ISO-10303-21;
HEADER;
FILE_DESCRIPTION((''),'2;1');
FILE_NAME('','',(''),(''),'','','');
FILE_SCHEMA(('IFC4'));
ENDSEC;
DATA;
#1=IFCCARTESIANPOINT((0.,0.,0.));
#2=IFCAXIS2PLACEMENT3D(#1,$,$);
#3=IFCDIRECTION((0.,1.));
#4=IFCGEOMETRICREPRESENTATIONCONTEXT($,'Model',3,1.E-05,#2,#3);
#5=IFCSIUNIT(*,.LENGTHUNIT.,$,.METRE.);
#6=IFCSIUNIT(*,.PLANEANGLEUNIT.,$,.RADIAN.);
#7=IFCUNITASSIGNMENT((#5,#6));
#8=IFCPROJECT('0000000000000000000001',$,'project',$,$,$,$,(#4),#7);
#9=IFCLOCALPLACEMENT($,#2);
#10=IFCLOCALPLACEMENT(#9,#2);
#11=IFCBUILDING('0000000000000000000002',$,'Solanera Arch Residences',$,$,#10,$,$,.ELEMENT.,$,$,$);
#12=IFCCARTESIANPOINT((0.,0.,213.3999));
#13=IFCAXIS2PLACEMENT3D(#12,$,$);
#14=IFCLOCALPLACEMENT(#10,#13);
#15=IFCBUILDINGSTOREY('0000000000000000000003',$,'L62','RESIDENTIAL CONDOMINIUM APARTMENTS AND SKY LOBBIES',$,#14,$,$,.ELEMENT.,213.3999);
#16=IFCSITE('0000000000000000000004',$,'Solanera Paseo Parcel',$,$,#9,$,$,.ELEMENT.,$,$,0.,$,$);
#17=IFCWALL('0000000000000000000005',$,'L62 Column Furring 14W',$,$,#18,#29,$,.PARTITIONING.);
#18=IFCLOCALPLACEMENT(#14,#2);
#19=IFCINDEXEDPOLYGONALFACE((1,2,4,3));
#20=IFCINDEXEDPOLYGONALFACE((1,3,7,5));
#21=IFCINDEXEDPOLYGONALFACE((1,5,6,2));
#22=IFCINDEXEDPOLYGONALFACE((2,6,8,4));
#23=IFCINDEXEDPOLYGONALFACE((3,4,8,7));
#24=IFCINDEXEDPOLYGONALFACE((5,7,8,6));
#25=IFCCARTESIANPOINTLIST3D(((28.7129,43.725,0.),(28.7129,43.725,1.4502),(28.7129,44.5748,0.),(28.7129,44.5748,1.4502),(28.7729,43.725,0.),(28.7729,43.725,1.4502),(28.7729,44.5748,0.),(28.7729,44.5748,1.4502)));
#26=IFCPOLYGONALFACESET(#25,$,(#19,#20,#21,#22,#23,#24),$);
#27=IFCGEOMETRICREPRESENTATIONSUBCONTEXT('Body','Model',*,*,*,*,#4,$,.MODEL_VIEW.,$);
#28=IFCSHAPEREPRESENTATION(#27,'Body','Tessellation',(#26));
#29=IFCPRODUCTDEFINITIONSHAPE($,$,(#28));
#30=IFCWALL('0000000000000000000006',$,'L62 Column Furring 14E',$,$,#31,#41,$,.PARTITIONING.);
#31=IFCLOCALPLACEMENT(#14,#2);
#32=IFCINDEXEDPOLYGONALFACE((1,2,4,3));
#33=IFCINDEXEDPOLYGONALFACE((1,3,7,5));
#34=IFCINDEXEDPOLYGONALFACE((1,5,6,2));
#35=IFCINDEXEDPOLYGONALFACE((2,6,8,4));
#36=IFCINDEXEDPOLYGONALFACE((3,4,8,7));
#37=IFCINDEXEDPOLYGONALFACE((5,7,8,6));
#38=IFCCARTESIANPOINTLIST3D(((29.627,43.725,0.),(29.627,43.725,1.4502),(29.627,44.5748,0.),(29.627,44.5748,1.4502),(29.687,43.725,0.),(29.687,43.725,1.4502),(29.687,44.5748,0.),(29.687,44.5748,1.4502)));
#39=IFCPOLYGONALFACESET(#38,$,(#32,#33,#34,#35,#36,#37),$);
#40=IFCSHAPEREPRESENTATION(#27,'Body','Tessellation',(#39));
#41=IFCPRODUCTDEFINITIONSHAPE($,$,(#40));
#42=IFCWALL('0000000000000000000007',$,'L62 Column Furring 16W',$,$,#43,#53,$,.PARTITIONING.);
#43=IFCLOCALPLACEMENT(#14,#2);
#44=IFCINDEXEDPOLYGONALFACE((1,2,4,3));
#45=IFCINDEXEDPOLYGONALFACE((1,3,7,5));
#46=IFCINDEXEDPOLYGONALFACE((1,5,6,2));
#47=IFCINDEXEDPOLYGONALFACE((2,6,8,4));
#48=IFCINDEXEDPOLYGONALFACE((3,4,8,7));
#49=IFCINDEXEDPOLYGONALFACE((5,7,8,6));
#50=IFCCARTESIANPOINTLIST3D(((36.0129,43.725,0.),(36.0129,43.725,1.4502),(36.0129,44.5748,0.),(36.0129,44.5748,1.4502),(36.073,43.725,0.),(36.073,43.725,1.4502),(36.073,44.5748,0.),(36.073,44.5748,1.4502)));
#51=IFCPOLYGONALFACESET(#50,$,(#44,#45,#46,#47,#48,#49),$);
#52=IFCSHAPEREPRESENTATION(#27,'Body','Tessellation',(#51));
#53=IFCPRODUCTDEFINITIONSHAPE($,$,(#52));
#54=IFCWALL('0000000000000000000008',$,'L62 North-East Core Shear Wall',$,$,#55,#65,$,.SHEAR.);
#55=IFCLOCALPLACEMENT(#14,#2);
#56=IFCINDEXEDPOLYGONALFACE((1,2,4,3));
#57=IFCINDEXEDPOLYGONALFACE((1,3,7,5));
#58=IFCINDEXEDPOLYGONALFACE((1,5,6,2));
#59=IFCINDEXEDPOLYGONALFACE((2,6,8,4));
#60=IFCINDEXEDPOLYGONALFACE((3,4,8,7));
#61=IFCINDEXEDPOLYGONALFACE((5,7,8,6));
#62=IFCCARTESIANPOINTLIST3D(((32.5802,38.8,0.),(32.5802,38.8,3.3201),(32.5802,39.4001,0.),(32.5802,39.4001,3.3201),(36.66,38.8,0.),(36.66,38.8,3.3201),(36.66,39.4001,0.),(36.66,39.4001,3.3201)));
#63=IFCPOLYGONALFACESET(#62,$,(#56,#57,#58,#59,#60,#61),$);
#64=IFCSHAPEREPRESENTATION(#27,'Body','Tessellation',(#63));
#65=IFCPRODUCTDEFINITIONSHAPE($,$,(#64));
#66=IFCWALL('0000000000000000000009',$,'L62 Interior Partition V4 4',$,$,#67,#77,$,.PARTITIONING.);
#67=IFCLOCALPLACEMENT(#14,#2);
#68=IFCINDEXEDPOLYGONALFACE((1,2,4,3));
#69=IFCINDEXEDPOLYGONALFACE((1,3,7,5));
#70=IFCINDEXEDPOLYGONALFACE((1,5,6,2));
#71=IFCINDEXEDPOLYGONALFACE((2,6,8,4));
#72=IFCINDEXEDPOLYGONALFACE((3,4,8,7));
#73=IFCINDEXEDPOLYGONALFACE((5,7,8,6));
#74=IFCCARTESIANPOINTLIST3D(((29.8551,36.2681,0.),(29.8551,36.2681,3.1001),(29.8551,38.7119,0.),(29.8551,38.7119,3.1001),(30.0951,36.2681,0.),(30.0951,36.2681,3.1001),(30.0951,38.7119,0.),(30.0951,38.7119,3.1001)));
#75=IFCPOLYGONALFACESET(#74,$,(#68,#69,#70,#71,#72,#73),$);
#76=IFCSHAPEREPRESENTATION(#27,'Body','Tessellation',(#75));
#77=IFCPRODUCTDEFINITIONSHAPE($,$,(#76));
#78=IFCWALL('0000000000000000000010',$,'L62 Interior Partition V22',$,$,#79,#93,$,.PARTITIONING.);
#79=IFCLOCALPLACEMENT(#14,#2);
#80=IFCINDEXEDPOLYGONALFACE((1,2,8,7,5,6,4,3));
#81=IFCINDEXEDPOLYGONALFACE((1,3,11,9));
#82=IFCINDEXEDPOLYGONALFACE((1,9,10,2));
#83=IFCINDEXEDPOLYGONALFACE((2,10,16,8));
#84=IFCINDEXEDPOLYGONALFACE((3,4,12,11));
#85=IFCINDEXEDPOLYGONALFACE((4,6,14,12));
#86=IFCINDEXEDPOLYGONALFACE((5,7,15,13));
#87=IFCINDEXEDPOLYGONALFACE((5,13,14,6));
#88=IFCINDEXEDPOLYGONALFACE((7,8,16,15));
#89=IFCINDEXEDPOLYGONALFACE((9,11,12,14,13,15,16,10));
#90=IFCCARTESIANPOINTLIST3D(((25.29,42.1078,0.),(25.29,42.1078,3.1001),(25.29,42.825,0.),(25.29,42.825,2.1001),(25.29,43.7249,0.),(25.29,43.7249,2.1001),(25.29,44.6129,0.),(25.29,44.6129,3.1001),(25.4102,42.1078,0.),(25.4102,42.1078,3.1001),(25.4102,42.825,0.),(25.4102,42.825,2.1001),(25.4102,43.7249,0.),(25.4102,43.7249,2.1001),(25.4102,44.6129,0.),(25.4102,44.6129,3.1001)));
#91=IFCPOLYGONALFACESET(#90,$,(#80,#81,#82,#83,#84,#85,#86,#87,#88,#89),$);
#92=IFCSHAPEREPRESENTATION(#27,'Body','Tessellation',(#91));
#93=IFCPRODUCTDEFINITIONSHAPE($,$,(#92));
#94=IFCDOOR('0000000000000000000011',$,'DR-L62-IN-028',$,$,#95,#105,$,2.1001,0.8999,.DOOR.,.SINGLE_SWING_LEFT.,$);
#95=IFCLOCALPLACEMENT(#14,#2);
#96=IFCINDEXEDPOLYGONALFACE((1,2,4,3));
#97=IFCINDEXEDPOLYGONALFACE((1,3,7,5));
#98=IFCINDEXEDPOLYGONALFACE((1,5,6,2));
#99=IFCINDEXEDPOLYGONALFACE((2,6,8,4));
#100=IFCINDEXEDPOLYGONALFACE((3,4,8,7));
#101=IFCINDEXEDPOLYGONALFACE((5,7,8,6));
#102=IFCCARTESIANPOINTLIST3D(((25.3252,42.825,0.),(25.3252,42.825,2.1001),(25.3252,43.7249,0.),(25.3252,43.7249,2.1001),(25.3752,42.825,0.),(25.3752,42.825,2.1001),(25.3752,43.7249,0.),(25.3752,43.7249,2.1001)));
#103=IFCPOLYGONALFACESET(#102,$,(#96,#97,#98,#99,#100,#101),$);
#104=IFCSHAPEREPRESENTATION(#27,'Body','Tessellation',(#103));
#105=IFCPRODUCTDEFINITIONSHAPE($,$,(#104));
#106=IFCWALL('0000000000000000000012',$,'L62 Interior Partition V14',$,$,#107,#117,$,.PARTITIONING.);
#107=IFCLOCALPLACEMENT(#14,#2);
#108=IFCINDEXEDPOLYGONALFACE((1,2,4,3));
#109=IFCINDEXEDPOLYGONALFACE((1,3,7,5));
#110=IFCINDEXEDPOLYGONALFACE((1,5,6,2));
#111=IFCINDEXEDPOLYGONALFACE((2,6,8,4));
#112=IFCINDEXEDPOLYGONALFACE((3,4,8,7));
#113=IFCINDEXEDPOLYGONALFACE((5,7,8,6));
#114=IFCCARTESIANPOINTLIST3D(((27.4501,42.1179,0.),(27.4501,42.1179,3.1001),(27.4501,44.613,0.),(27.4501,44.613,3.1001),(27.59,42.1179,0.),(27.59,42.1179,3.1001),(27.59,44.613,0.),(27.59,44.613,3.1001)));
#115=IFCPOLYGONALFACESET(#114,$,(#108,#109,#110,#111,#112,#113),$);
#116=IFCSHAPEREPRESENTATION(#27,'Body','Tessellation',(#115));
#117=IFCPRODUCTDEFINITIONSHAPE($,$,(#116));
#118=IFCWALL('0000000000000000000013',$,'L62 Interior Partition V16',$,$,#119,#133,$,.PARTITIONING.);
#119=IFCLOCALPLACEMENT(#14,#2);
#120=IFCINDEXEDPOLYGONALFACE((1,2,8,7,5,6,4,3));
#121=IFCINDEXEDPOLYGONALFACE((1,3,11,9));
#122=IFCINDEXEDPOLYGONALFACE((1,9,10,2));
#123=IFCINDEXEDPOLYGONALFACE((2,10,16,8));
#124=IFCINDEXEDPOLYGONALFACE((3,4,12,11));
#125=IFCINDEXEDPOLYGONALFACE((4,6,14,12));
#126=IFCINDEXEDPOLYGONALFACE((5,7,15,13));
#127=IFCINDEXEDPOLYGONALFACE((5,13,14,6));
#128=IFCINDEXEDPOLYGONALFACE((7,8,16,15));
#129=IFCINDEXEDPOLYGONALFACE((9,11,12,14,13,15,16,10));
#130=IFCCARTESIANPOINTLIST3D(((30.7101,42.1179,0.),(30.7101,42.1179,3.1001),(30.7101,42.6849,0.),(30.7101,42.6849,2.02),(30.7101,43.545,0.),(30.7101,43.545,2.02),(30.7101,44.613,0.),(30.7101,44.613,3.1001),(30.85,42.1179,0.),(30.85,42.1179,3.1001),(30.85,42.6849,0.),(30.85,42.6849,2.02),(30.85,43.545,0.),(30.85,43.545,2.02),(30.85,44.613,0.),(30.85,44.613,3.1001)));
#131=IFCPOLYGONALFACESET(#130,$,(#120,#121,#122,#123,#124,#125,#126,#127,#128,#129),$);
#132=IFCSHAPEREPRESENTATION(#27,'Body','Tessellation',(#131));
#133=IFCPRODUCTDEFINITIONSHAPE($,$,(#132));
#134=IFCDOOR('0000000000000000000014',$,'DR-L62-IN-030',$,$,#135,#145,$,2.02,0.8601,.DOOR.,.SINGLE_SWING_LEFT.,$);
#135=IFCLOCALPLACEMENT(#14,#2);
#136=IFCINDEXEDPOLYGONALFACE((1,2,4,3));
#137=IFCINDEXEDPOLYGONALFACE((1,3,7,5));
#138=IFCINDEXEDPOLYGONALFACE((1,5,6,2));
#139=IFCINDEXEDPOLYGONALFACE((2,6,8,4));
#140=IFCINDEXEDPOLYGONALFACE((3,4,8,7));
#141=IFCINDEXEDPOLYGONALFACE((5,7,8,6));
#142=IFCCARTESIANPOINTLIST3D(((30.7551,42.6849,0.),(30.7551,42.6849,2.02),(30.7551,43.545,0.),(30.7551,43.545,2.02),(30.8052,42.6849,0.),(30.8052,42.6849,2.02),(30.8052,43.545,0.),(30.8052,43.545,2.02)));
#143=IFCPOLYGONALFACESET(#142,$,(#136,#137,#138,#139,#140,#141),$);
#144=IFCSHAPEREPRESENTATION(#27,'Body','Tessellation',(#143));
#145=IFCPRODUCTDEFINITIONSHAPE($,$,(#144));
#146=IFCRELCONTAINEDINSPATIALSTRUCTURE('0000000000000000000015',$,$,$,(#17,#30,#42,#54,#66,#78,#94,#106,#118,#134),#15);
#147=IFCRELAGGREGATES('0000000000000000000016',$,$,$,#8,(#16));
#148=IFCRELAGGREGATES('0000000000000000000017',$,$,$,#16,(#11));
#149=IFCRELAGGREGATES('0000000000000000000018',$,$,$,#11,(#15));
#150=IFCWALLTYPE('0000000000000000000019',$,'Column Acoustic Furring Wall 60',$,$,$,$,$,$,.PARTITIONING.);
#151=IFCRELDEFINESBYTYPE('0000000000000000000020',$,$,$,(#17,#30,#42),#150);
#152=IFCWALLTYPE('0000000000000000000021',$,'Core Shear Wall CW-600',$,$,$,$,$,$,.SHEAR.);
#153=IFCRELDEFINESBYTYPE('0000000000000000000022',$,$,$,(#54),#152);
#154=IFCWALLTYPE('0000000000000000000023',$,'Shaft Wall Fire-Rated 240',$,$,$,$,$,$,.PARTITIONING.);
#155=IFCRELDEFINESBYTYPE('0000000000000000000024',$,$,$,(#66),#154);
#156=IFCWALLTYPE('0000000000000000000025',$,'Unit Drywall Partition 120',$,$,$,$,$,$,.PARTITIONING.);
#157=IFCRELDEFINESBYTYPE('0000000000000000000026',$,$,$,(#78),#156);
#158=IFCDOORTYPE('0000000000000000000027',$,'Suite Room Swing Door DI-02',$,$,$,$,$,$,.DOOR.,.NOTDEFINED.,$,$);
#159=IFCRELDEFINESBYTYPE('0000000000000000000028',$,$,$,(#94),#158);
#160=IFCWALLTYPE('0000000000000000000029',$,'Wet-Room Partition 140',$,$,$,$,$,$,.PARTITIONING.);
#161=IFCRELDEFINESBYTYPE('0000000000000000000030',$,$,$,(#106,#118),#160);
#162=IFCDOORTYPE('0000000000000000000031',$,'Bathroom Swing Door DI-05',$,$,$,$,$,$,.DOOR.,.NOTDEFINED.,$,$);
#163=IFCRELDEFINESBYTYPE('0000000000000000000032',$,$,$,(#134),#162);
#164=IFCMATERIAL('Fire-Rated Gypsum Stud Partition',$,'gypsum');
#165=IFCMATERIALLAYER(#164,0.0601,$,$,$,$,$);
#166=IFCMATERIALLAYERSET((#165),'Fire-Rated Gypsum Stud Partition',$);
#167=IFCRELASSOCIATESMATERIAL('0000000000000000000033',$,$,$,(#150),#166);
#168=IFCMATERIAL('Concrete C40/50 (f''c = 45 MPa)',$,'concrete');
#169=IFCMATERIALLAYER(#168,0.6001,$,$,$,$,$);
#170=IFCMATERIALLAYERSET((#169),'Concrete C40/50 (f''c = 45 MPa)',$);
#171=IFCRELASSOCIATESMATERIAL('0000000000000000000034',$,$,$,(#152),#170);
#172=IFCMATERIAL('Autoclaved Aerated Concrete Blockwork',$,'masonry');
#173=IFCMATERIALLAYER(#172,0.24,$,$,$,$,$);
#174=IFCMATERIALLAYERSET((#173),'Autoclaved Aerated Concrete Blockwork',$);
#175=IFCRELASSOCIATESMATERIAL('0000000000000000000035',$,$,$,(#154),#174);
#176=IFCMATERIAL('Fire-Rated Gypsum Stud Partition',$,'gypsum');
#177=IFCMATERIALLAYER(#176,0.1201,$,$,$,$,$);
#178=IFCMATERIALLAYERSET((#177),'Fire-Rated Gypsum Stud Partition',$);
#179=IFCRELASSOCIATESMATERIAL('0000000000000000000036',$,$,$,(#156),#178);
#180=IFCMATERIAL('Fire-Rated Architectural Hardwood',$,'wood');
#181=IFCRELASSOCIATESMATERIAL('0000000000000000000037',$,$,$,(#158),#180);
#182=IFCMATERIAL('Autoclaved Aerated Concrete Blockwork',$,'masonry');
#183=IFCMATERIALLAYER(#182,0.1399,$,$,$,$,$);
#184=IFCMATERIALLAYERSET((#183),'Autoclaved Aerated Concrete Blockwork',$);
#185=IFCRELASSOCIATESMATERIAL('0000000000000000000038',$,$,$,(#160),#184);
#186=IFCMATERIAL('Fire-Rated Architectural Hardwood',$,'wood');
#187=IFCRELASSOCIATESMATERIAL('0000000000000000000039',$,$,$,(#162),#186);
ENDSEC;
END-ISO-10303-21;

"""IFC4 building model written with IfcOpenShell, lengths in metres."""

from ifc_helpers import new_model, si_unit, direction, frame, frame_2d, origin, place, context, subcontext, project, spatial, rectangle, extrude, material, layer, layer_set, type_object, element, fill, save


model = new_model("IFC4")

# Units and contexts
model_context = context("Model", 3, precision=1e-05, world=origin(), true_north=direction((0.0, 1.0)))
body_context = subcontext(model_context, "Body", "Model", "MODEL_VIEW")
ifc_project = project(units=[si_unit("LENGTHUNIT", "METRE"), si_unit("PLANEANGLEUNIT", "RADIAN")], contexts=[model_context])

# Site, building, storey
site_placement = place(None, origin())
site = spatial("IfcSite", under=ifc_project, at=site_placement, Name="Solanera Paseo Parcel", CompositionType="ELEMENT", RefElevation=0.0)
building_placement = place(site_placement, origin())
building = spatial("IfcBuilding", under=site, at=building_placement, Name="Solanera Arch Residences", CompositionType="ELEMENT")
storey_placement = place(building_placement, frame((0.0, 0.0, 213.3999)))
storey = spatial("IfcBuildingStorey", under=building, at=storey_placement, Name="L62", Description="RESIDENTIAL CONDOMINIUM APARTMENTS AND SKY LOBBIES", CompositionType="ELEMENT", Elevation=213.3999)

# Walls
ifc_material_1 = material(Name="Fire-Rated Gypsum Stud Partition", Category="gypsum")
ifc_layer_1 = layer(ifc_material_1, 0.0601)
ifc_layer_set_1 = layer_set([ifc_layer_1], Name="Fire-Rated Gypsum Stud Partition")
wall_type_1 = type_object("IfcWallType", Name="Column Acoustic Furring Wall 60", PredefinedType="PARTITIONING", material=ifc_layer_set_1)
for number, where, z_axis, x_axis, name in (
    (1, (28.7429, 43.7251, 0.0), (0.0, 0.0, 1.0), (0.0, 1.0, 0.0), "L62 Column Furring 14W"),
    (2, (29.657, 43.7251, 0.0), (0.0, 0.0, 1.0), (0.0, 1.0, 0.0), "L62 Column Furring 14E"),
    (3, (36.043, 43.7251, 0.0), (0.0, 0.0, 1.0), (0.0, 1.0, 0.0), "L62 Column Furring 16W"),
):
    element("IfcWall", number, at=place(storey_placement, frame(where, z_axis=z_axis, x_axis=x_axis)), inside=storey, type_object=wall_type_1, Name=name, PredefinedType="PARTITIONING", context=body_context, shape_type="SweptSolid", body=[
        extrude(rectangle(XDim=0.8499, YDim=0.0601, at=frame_2d((0.4248, 0.0))), origin(), (0.0, 0.0, 1.0), 1.4502),
    ])
ifc_material_2 = material(Name="Concrete C40/50 (f'c = 45 MPa)", Category="concrete")
ifc_layer_2 = layer(ifc_material_2, 0.6001)
ifc_layer_set_2 = layer_set([ifc_layer_2], Name="Concrete C40/50 (f'c = 45 MPa)")
wall_type_2 = type_object("IfcWallType", Name="Core Shear Wall CW-600", PredefinedType="SHEAR", material=ifc_layer_set_2)
wall_1_placement = place(storey_placement, frame((32.5801, 39.1001, 0.0), z_axis=(0.0, 0.0, 1.0), x_axis=(1.0, 0.0, 0.0)))
element("IfcWall", 4, at=wall_1_placement, inside=storey, type_object=wall_type_2, Name="L62 North-East Core Shear Wall", PredefinedType="SHEAR", context=body_context, shape_type="SweptSolid", body=[
    extrude(rectangle(XDim=4.0798, YDim=0.6001, at=frame_2d((2.04, 0.0))), origin(), (0.0, 0.0, 1.0), 3.3201),
])
ifc_material_3 = material(Name="Autoclaved Aerated Concrete Blockwork", Category="masonry")
ifc_layer_3 = layer(ifc_material_3, 0.24)
ifc_layer_set_3 = layer_set([ifc_layer_3], Name="Autoclaved Aerated Concrete Blockwork")
wall_type_3 = type_object("IfcWallType", Name="Shaft Wall Fire-Rated 240", PredefinedType="PARTITIONING", material=ifc_layer_set_3)
wall_2_placement = place(storey_placement, frame((29.9751, 36.2681, 0.0), z_axis=(0.0, 0.0, 1.0), x_axis=(0.0, 1.0, 0.0)))
element("IfcWall", 5, at=wall_2_placement, inside=storey, type_object=wall_type_3, Name="L62 Interior Partition V4 4", PredefinedType="PARTITIONING", context=body_context, shape_type="SweptSolid", body=[
    extrude(rectangle(XDim=2.4438, YDim=0.24, at=frame_2d((1.2219, 0.0))), origin(), (0.0, 0.0, 1.0), 3.1001),
])

# Wall, opening, door
ifc_material_4 = material(Name="Fire-Rated Gypsum Stud Partition", Category="gypsum")
ifc_layer_4 = layer(ifc_material_4, 0.1201)
ifc_layer_set_4 = layer_set([ifc_layer_4], Name="Fire-Rated Gypsum Stud Partition")
wall_type_4 = type_object("IfcWallType", Name="Unit Drywall Partition 120", PredefinedType="PARTITIONING", material=ifc_layer_set_4)
wall_3_placement = place(storey_placement, frame((25.3501, 42.1079, 0.0), z_axis=(0.0, 0.0, 1.0), x_axis=(0.0, 1.0, 0.0)))
wall_3 = element("IfcWall", 6, at=wall_3_placement, inside=storey, type_object=wall_type_4, Name="L62 Interior Partition V22", PredefinedType="PARTITIONING", context=body_context, shape_type="SweptSolid", body=[
    extrude(rectangle(XDim=2.5051, YDim=0.1201, at=frame_2d((1.2524, 0.0))), origin(), (0.0, 0.0, 1.0), 3.1001),
])
opening_1_placement = place(wall_3_placement, frame((0.717, 0.0, 0.0)))
opening_1 = element("IfcOpeningElement", 7, at=opening_1_placement, cuts=wall_3, PredefinedType="OPENING", context=body_context, shape_type="SweptSolid", body=[
    extrude(rectangle(XDim=0.8999, YDim=2.1001, at=frame_2d((0.45, 1.05))), frame((0.0, 0.0701, 0.0), z_axis=(0.0, -1.0, 0.0), x_axis=(1.0, 0.0, 0.0)), (0.0, 0.0, 1.0), 0.1401),
])
ifc_material_5 = material(Name="Fire-Rated Architectural Hardwood", Category="wood")
door_type_1 = type_object("IfcDoorType", Name="Suite Room Swing Door DI-02", OperationType="NOTDEFINED", PredefinedType="DOOR", material=ifc_material_5)
door_1_placement = place(opening_1_placement, origin())
door_1 = element("IfcDoor", 8, at=door_1_placement, inside=storey, type_object=door_type_1, Name="DR-L62-IN-028", OperationType="SINGLE_SWING_LEFT", OverallHeight=2.1001, OverallWidth=0.8999, PredefinedType="DOOR", context=body_context, shape_type="SweptSolid", body=[
    extrude(rectangle(XDim=0.8999, YDim=2.1001, at=frame_2d((0.45, 1.05))), frame((0.0, 0.0249, 0.0), z_axis=(0.0, -1.0, 0.0), x_axis=(1.0, 0.0, 0.0)), (0.0, 0.0, 1.0), 0.05),
])
fill(opening_1, door_1)

# Wall
ifc_material_6 = material(Name="Autoclaved Aerated Concrete Blockwork", Category="masonry")
ifc_layer_5 = layer(ifc_material_6, 0.1399)
ifc_layer_set_5 = layer_set([ifc_layer_5], Name="Autoclaved Aerated Concrete Blockwork")
wall_type_5 = type_object("IfcWallType", Name="Wet-Room Partition 140", PredefinedType="PARTITIONING", material=ifc_layer_set_5)
wall_4_placement = place(storey_placement, frame((27.52, 42.1179, 0.0), z_axis=(0.0, 0.0, 1.0), x_axis=(0.0, 1.0, 0.0)))
element("IfcWall", 9, at=wall_4_placement, inside=storey, type_object=wall_type_5, Name="L62 Interior Partition V14", PredefinedType="PARTITIONING", context=body_context, shape_type="SweptSolid", body=[
    extrude(rectangle(XDim=2.4951, YDim=0.1399, at=frame_2d((1.2476, 0.0))), origin(), (0.0, 0.0, 1.0), 3.1001),
])

# Wall, opening, door
wall_5_placement = place(storey_placement, frame((30.78, 42.1179, 0.0), z_axis=(0.0, 0.0, 1.0), x_axis=(0.0, 1.0, 0.0)))
wall_5 = element("IfcWall", 10, at=wall_5_placement, inside=storey, type_object=wall_type_5, Name="L62 Interior Partition V16", PredefinedType="PARTITIONING", context=body_context, shape_type="SweptSolid", body=[
    extrude(rectangle(XDim=2.4951, YDim=0.1399, at=frame_2d((1.2476, 0.0))), origin(), (0.0, 0.0, 1.0), 3.1001),
])
opening_2_placement = place(wall_5_placement, frame((0.5669, 0.0, 0.0)))
opening_2 = element("IfcOpeningElement", 11, at=opening_2_placement, cuts=wall_5, PredefinedType="OPENING", context=body_context, shape_type="SweptSolid", body=[
    extrude(rectangle(XDim=0.8601, YDim=2.02, at=frame_2d((0.4302, 1.01))), frame((0.0, 0.0798, 0.0), z_axis=(0.0, -1.0, 0.0), x_axis=(1.0, 0.0, 0.0)), (0.0, 0.0, 1.0), 0.1599),
])
ifc_material_7 = material(Name="Fire-Rated Architectural Hardwood", Category="wood")
door_type_2 = type_object("IfcDoorType", Name="Bathroom Swing Door DI-05", OperationType="NOTDEFINED", PredefinedType="DOOR", material=ifc_material_7)
door_2_placement = place(opening_2_placement, origin())
door_2 = element("IfcDoor", 12, at=door_2_placement, inside=storey, type_object=door_type_2, Name="DR-L62-IN-030", OperationType="SINGLE_SWING_LEFT", OverallHeight=2.02, OverallWidth=0.8601, PredefinedType="DOOR", context=body_context, shape_type="SweptSolid", body=[
    extrude(rectangle(XDim=0.8601, YDim=2.02, at=frame_2d((0.4302, 1.01))), frame((0.0, 0.0249, 0.0), z_axis=(0.0, -1.0, 0.0), x_axis=(1.0, 0.0, 0.0)), (0.0, 0.0, 1.0), 0.05),
])
fill(opening_2, door_2)

save(model, "model.ifc")
